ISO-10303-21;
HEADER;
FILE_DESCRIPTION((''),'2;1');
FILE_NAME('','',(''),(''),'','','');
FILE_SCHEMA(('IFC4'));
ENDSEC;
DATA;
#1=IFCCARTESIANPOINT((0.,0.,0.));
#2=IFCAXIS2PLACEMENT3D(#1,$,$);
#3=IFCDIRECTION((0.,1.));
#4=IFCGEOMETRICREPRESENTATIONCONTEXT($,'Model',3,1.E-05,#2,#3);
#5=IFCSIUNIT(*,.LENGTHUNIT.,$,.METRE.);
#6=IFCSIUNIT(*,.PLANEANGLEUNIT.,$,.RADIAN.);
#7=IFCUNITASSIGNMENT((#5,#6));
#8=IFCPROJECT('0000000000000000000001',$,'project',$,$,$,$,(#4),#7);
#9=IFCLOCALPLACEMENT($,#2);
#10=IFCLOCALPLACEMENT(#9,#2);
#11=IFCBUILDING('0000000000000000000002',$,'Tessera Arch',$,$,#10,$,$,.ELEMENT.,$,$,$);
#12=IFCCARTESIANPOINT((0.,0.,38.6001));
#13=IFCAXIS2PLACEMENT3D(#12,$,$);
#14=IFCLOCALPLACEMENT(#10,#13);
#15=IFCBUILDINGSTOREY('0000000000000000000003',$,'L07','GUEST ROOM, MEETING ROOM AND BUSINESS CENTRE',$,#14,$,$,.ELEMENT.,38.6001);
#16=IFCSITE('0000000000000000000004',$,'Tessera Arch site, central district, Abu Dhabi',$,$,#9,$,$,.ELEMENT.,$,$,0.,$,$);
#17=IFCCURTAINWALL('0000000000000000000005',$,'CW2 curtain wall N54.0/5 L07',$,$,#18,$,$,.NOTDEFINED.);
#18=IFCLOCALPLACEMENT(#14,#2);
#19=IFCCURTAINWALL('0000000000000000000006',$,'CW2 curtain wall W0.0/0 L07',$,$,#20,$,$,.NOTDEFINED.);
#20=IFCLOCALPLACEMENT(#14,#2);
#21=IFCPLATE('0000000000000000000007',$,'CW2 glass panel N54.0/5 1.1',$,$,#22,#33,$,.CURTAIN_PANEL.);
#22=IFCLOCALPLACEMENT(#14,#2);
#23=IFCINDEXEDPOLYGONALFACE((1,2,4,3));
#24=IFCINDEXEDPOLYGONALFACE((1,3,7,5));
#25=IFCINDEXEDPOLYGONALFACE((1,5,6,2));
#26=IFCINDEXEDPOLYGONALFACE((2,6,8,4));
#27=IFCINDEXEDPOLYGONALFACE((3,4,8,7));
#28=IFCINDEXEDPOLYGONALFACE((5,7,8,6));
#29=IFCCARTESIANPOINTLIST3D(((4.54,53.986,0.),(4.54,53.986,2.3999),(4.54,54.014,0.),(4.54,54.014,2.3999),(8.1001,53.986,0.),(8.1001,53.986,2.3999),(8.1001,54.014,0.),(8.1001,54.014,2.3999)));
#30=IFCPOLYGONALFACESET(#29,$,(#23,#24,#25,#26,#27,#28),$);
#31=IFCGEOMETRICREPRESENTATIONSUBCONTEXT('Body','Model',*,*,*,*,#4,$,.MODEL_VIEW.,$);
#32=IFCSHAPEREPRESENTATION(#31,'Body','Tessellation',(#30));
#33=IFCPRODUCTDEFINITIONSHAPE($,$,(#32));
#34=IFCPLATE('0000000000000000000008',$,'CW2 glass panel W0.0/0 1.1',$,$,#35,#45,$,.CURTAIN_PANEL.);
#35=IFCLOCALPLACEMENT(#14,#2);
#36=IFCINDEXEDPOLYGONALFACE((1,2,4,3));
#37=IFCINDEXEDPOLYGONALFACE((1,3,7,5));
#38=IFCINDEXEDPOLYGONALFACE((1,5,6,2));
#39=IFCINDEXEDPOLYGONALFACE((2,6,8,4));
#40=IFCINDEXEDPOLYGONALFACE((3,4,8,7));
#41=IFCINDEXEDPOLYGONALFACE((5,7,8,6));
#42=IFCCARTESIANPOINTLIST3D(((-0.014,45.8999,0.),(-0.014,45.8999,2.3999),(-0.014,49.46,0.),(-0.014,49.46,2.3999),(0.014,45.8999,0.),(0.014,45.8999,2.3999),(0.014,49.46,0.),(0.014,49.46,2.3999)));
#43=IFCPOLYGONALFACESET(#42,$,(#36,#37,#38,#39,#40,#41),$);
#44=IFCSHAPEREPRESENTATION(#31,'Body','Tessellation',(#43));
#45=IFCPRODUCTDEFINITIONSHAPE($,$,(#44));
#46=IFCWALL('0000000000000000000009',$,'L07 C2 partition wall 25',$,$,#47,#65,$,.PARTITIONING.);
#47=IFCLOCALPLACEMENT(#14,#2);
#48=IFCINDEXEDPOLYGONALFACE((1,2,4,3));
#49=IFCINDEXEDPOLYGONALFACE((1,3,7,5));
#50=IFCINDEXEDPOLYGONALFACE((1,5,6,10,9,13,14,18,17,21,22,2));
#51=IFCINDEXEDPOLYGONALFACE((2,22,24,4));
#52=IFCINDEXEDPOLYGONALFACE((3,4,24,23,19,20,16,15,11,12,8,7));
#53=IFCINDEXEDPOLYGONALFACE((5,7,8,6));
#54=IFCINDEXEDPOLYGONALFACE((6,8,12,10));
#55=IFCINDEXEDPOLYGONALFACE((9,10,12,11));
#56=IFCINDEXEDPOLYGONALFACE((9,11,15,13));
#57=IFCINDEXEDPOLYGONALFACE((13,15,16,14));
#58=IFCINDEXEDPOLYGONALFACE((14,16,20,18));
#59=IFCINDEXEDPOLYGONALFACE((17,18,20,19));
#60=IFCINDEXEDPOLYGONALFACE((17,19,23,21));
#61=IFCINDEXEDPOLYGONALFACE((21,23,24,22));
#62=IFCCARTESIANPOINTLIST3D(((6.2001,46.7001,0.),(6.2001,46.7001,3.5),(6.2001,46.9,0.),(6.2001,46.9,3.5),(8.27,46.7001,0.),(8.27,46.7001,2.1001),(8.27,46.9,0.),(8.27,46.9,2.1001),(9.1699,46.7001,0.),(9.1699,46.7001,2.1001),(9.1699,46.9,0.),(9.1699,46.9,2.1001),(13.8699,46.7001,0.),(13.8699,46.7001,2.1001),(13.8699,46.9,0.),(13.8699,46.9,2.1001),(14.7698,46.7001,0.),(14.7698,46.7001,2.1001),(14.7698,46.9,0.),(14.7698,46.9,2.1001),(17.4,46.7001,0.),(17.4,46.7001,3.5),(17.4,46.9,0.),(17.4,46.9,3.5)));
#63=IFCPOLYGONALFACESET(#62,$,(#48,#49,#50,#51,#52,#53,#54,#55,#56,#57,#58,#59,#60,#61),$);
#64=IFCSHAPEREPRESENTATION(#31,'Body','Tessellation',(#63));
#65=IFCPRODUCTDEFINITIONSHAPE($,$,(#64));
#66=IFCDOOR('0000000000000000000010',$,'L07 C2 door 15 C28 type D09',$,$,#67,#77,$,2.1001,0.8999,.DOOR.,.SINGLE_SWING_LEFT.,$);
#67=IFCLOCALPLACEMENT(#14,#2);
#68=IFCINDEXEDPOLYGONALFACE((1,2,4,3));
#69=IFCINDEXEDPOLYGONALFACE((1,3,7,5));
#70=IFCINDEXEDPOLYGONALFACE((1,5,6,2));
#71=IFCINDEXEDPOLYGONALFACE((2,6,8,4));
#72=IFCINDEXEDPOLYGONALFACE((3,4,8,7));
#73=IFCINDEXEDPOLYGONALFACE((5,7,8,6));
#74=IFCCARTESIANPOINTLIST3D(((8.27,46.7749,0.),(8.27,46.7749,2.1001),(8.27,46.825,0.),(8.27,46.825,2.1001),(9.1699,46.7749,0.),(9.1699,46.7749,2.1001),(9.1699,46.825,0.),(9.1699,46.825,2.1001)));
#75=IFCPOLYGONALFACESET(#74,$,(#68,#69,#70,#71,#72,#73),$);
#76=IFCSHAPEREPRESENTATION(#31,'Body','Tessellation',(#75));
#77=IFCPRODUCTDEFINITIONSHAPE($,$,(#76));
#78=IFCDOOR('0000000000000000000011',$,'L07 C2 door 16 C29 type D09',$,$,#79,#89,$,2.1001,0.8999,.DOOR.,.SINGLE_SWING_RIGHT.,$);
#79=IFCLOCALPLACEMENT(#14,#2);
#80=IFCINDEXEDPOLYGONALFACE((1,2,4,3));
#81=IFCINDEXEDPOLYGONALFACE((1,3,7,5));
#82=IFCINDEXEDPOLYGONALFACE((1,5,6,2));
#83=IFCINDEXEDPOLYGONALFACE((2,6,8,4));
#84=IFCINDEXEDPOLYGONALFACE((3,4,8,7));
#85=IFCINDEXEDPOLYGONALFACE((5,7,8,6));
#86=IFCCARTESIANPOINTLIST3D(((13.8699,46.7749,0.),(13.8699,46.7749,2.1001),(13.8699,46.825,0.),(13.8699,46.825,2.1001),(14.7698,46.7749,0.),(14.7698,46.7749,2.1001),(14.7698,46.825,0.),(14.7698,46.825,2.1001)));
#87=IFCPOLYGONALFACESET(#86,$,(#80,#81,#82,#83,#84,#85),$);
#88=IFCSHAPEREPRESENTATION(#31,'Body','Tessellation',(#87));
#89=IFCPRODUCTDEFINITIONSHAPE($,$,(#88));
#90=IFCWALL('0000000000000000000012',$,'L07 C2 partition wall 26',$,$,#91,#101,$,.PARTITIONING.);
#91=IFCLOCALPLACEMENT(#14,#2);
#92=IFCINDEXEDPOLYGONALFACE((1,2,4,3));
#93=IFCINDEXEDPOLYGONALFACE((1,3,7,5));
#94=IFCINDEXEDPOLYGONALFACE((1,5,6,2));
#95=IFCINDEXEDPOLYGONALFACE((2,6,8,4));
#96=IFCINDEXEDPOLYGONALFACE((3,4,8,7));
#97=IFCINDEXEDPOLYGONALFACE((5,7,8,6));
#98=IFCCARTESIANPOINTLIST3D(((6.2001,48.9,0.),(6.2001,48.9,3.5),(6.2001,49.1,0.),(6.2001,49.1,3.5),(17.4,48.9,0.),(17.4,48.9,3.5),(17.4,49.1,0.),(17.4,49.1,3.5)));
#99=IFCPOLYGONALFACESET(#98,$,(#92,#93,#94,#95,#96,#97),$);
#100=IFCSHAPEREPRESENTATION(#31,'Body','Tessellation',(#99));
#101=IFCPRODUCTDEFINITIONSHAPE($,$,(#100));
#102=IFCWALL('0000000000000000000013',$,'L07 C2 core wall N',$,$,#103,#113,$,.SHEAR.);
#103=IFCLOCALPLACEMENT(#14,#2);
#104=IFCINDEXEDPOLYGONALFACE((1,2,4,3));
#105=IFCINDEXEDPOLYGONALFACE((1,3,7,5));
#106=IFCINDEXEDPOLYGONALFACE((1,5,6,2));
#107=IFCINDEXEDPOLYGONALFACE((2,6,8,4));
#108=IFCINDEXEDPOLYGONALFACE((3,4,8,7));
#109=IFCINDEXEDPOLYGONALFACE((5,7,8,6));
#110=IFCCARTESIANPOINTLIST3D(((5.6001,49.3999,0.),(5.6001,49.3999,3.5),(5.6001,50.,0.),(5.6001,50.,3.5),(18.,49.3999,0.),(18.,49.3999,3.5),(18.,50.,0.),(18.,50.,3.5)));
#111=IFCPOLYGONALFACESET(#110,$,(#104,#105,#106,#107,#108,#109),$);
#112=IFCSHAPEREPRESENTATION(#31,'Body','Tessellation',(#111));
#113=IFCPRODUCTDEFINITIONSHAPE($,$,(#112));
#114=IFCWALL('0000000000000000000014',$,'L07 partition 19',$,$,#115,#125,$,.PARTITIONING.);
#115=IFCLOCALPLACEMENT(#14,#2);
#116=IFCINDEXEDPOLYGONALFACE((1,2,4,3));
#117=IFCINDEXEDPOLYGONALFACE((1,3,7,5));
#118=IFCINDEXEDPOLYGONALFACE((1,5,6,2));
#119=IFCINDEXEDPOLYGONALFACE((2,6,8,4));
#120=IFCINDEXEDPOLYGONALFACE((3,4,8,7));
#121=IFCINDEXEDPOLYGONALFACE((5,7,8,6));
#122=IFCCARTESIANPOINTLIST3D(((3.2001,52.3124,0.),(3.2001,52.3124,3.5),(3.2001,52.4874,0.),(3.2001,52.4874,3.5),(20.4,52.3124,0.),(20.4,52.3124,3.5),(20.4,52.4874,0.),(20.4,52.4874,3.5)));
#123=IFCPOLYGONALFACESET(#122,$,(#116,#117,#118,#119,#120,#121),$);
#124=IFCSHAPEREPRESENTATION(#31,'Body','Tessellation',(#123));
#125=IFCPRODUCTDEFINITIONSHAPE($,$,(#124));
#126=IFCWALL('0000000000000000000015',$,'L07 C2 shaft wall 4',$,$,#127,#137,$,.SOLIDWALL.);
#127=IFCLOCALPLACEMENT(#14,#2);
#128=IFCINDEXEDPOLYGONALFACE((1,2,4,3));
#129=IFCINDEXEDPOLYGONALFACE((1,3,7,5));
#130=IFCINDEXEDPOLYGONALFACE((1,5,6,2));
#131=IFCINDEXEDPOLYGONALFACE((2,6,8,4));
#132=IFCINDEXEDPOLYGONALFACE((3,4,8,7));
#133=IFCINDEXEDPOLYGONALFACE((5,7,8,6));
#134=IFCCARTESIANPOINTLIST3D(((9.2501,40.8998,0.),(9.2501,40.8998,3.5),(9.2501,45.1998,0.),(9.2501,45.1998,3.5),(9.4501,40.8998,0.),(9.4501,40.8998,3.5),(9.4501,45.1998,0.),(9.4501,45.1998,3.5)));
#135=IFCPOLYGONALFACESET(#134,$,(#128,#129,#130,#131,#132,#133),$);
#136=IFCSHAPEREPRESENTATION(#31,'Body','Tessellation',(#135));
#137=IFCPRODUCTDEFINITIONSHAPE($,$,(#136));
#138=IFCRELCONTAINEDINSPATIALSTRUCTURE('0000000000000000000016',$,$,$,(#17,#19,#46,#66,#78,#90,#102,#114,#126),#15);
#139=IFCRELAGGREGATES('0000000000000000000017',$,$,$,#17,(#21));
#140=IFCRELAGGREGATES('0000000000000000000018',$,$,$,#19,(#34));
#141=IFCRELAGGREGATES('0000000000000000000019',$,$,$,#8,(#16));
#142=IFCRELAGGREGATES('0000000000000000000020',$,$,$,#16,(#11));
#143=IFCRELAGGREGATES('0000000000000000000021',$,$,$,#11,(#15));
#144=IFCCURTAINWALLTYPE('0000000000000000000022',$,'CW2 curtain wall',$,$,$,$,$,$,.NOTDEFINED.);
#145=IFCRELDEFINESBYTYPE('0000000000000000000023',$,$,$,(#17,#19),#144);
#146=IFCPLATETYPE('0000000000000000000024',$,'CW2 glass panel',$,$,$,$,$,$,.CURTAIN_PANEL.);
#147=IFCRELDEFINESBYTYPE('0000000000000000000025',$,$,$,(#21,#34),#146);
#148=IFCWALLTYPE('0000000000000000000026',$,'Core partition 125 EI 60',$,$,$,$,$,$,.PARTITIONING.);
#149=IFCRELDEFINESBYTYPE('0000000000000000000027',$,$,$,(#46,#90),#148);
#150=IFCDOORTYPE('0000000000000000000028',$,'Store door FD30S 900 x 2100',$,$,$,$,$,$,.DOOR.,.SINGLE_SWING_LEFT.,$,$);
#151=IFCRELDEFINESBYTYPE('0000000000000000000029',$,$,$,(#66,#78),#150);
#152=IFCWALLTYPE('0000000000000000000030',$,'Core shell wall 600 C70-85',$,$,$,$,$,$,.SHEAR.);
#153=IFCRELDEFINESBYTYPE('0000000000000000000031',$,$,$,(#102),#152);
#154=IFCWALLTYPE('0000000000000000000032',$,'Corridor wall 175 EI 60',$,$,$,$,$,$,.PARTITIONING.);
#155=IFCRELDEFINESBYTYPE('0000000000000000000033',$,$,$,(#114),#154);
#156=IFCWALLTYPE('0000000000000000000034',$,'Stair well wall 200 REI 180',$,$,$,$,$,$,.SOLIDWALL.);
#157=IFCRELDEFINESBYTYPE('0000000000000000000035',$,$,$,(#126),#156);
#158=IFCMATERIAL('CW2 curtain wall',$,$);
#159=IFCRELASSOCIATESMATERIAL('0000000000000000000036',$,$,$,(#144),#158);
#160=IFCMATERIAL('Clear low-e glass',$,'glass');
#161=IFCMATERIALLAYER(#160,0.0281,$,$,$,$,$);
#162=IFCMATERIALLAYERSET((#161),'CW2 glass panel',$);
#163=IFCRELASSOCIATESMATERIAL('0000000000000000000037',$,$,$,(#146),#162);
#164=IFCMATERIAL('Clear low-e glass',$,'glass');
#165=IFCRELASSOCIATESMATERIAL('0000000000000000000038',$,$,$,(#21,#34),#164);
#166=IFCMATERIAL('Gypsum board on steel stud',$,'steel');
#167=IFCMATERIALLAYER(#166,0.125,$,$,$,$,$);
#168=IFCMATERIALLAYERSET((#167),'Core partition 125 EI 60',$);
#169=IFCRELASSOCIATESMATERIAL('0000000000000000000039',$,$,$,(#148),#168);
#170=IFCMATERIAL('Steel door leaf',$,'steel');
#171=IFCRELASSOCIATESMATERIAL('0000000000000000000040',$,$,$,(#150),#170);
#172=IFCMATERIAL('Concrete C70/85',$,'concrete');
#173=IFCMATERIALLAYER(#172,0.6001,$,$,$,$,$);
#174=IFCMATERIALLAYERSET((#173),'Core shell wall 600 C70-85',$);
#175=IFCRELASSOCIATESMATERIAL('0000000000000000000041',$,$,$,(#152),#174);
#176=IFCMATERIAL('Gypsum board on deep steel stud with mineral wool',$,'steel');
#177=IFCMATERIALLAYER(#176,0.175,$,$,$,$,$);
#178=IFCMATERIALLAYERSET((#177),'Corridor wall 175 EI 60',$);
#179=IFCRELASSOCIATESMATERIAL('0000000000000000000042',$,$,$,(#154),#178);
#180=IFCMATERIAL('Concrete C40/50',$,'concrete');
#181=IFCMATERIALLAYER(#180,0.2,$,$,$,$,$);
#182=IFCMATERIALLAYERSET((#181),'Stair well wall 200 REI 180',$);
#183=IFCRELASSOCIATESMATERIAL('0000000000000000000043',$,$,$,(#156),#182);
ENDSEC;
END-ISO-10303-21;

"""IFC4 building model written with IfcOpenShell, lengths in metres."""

from ifc_helpers import new_model, si_unit, direction, frame, frame_2d, origin, origin_2d, place, context, subcontext, project, spatial, rectangle, extrude, material, layer, layer_set, type_object, element, fill, aggregate, save


model = new_model("IFC4")

# Units and contexts
model_context = context("Model", 3, precision=1e-05, world=origin(), true_north=direction((0.0, 1.0)))
body_context = subcontext(model_context, "Body", "Model", "MODEL_VIEW")
ifc_project = project(units=[si_unit("LENGTHUNIT", "METRE"), si_unit("PLANEANGLEUNIT", "RADIAN")], contexts=[model_context])

# Site, building, storey
site_placement = place(None, origin())
site = spatial("IfcSite", under=ifc_project, at=site_placement, Name="Tessera Arch site, central district, Abu Dhabi", CompositionType="ELEMENT", RefElevation=0.0)
building_placement = place(site_placement, origin())
building = spatial("IfcBuilding", under=site, at=building_placement, Name="Tessera Arch", CompositionType="ELEMENT")
storey_placement = place(building_placement, frame((0.0, 0.0, 38.6001)))
storey = spatial("IfcBuildingStorey", under=building, at=storey_placement, Name="L07", Description="GUEST ROOM, MEETING ROOM AND BUSINESS CENTRE", CompositionType="ELEMENT", Elevation=38.6001)

# Curtain walls
ifc_material_1 = material(Name="CW2 curtain wall")
curtain_wall_type_1 = type_object("IfcCurtainWallType", Name="CW2 curtain wall", PredefinedType="NOTDEFINED", material=ifc_material_1)
curtain_wall_1_placement = place(storey_placement, origin())
curtain_wall_1 = element("IfcCurtainWall", 1, at=curtain_wall_1_placement, inside=storey, type_object=curtain_wall_type_1, Name="CW2 curtain wall N54.0/5 L07", PredefinedType="NOTDEFINED")
curtain_wall_2_placement = place(storey_placement, origin())
curtain_wall_2 = element("IfcCurtainWall", 2, at=curtain_wall_2_placement, inside=storey, type_object=curtain_wall_type_1, Name="CW2 curtain wall W0.0/0 L07", PredefinedType="NOTDEFINED")

# Plates
ifc_material_2 = material(Name="Clear low-e glass", Category="glass")
ifc_material_3 = material(Name="Clear low-e glass", Category="glass")
ifc_layer_1 = layer(ifc_material_3, 0.0281)
ifc_layer_set_1 = layer_set([ifc_layer_1], Name="CW2 glass panel")
plate_type_1 = type_object("IfcPlateType", Name="CW2 glass panel", PredefinedType="CURTAIN_PANEL", material=ifc_layer_set_1)
plate_1_placement = place(storey_placement, frame((6.3201, 54.0, 0.0), z_axis=(0.0, 0.0, 1.0), x_axis=(-1.0, 0.0, 0.0)))
plate_1 = element("IfcPlate", 3, at=plate_1_placement, type_object=plate_type_1, material=ifc_material_2, Name="CW2 glass panel N54.0/5 1.1", PredefinedType="CURTAIN_PANEL", context=body_context, shape_type="SweptSolid", body=[
    extrude(rectangle(XDim=3.5601, YDim=0.0281, at=origin_2d()), origin(), (0.0, 0.0, 1.0), 2.3999),
])
aggregate(curtain_wall_1, [plate_1])
plate_2_placement = place(storey_placement, frame((0.0, 47.6799, 0.0), z_axis=(0.0, 0.0, 1.0), x_axis=(0.0, -1.0, 0.0)))
plate_2 = element("IfcPlate", 4, at=plate_2_placement, type_object=plate_type_1, material=ifc_material_2, Name="CW2 glass panel W0.0/0 1.1", PredefinedType="CURTAIN_PANEL", context=body_context, shape_type="SweptSolid", body=[
    extrude(rectangle(XDim=3.5601, YDim=0.0281, at=origin_2d()), origin(), (0.0, 0.0, 1.0), 2.3999),
])
aggregate(curtain_wall_2, [plate_2])

# Wall, openings, doors
ifc_material_4 = material(Name="Gypsum board on steel stud", Category="steel")
ifc_layer_2 = layer(ifc_material_4, 0.125)
ifc_layer_set_2 = layer_set([ifc_layer_2], Name="Core partition 125 EI 60")
wall_type_1 = type_object("IfcWallType", Name="Core partition 125 EI 60", PredefinedType="PARTITIONING", material=ifc_layer_set_2)
wall_1_placement = place(storey_placement, frame((6.2, 46.8, 0.0), z_axis=(0.0, 0.0, 1.0), x_axis=(1.0, 0.0, 0.0)))
wall_1 = element("IfcWall", 5, at=wall_1_placement, inside=storey, type_object=wall_type_1, Name="L07 C2 partition wall 25", PredefinedType="PARTITIONING", context=body_context, shape_type="SweptSolid", body=[
    extrude(rectangle(XDim=11.2, YDim=0.2, at=frame_2d((5.6001, 0.0))), origin(), (0.0, 0.0, 1.0), 3.5),
])
opening_1_placement = place(wall_1_placement, frame((2.0701, 0.0, 0.0)))
opening_1 = element("IfcOpeningElement", 6, at=opening_1_placement, cuts=wall_1, PredefinedType="OPENING", context=body_context, shape_type="SweptSolid", body=[
    extrude(rectangle(XDim=0.8999, YDim=2.1001, at=frame_2d((0.45, 1.05))), frame((0.0, 0.1099, 0.0), z_axis=(0.0, -1.0, 0.0), x_axis=(1.0, 0.0, 0.0)), (0.0, 0.0, 1.0), 0.22),
])
opening_2_placement = place(wall_1_placement, frame((7.6699, 0.0, 0.0)))
opening_2 = element("IfcOpeningElement", 7, at=opening_2_placement, cuts=wall_1, PredefinedType="OPENING", context=body_context, shape_type="SweptSolid", body=[
    extrude(rectangle(XDim=0.8999, YDim=2.1001, at=frame_2d((0.45, 1.05))), frame((0.0, 0.1099, 0.0), z_axis=(0.0, -1.0, 0.0), x_axis=(1.0, 0.0, 0.0)), (0.0, 0.0, 1.0), 0.22),
])
ifc_material_5 = material(Name="Steel door leaf", Category="steel")
door_type_1 = type_object("IfcDoorType", Name="Store door FD30S 900 x 2100", OperationType="SINGLE_SWING_LEFT", PredefinedType="DOOR", material=ifc_material_5)
door_1_placement = place(opening_1_placement, origin())
door_1 = element("IfcDoor", 8, at=door_1_placement, inside=storey, type_object=door_type_1, Name="L07 C2 door 15 C28 type D09", OperationType="SINGLE_SWING_LEFT", OverallHeight=2.1001, OverallWidth=0.8999, PredefinedType="DOOR", context=body_context, shape_type="SweptSolid", body=[
    extrude(rectangle(XDim=0.8999, YDim=2.1001, at=frame_2d((0.45, 1.05))), frame((0.0, 0.0249, 0.0), z_axis=(0.0, -1.0, 0.0), x_axis=(1.0, 0.0, 0.0)), (0.0, 0.0, 1.0), 0.05),
])
fill(opening_1, door_1)
door_2_placement = place(opening_2_placement, origin())
door_2 = element("IfcDoor", 9, at=door_2_placement, inside=storey, type_object=door_type_1, Name="L07 C2 door 16 C29 type D09", OperationType="SINGLE_SWING_RIGHT", OverallHeight=2.1001, OverallWidth=0.8999, PredefinedType="DOOR", context=body_context, shape_type="SweptSolid", body=[
    extrude(rectangle(XDim=0.8999, YDim=2.1001, at=frame_2d((0.45, 1.05))), frame((0.0, 0.0249, 0.0), z_axis=(0.0, -1.0, 0.0), x_axis=(1.0, 0.0, 0.0)), (0.0, 0.0, 1.0), 0.05),
])
fill(opening_2, door_2)

# Walls
wall_2_placement = place(storey_placement, frame((6.2, 49.0, 0.0), z_axis=(0.0, 0.0, 1.0), x_axis=(1.0, 0.0, 0.0)))
element("IfcWall", 10, at=wall_2_placement, inside=storey, type_object=wall_type_1, Name="L07 C2 partition wall 26", PredefinedType="PARTITIONING", context=body_context, shape_type="SweptSolid", body=[
    extrude(rectangle(XDim=11.2, YDim=0.2, at=frame_2d((5.6001, 0.0))), origin(), (0.0, 0.0, 1.0), 3.5),
])
ifc_material_6 = material(Name="Concrete C70/85", Category="concrete")
ifc_layer_3 = layer(ifc_material_6, 0.6001)
ifc_layer_set_3 = layer_set([ifc_layer_3], Name="Core shell wall 600 C70-85")
wall_type_2 = type_object("IfcWallType", Name="Core shell wall 600 C70-85", PredefinedType="SHEAR", material=ifc_layer_set_3)
wall_3_placement = place(storey_placement, frame((5.6001, 49.7, 0.0), z_axis=(0.0, 0.0, 1.0), x_axis=(1.0, 0.0, 0.0)))
element("IfcWall", 11, at=wall_3_placement, inside=storey, type_object=wall_type_2, Name="L07 C2 core wall N", PredefinedType="SHEAR", context=body_context, shape_type="SweptSolid", body=[
    extrude(rectangle(XDim=12.3999, YDim=0.6001, at=frame_2d((6.2, 0.0))), origin(), (0.0, 0.0, 1.0), 3.5),
])
ifc_material_7 = material(Name="Gypsum board on deep steel stud with mineral wool", Category="steel")
ifc_layer_4 = layer(ifc_material_7, 0.175)
ifc_layer_set_4 = layer_set([ifc_layer_4], Name="Corridor wall 175 EI 60")
wall_type_3 = type_object("IfcWallType", Name="Corridor wall 175 EI 60", PredefinedType="PARTITIONING", material=ifc_layer_set_4)
wall_4_placement = place(storey_placement, frame((3.2, 52.3999, 0.0), z_axis=(0.0, 0.0, 1.0), x_axis=(1.0, 0.0, 0.0)))
element("IfcWall", 12, at=wall_4_placement, inside=storey, type_object=wall_type_3, Name="L07 partition 19", PredefinedType="PARTITIONING", context=body_context, shape_type="SweptSolid", body=[
    extrude(rectangle(XDim=17.2, YDim=0.175, at=frame_2d((8.6001, 0.0))), origin(), (0.0, 0.0, 1.0), 3.5),
])
ifc_material_8 = material(Name="Concrete C40/50", Category="concrete")
ifc_layer_5 = layer(ifc_material_8, 0.2)
ifc_layer_set_5 = layer_set([ifc_layer_5], Name="Stair well wall 200 REI 180")
wall_type_4 = type_object("IfcWallType", Name="Stair well wall 200 REI 180", PredefinedType="SOLIDWALL", material=ifc_layer_set_5)
wall_5_placement = place(storey_placement, frame((9.3501, 40.8999, 0.0), z_axis=(0.0, 0.0, 1.0), x_axis=(0.0, 1.0, 0.0)))
element("IfcWall", 13, at=wall_5_placement, inside=storey, type_object=wall_type_4, Name="L07 C2 shaft wall 4", PredefinedType="SOLIDWALL", context=body_context, shape_type="SweptSolid", body=[
    extrude(rectangle(XDim=4.3, YDim=0.2, at=frame_2d((2.1499, 0.0))), origin(), (0.0, 0.0, 1.0), 3.5),
])

save(model, "model.ifc")
